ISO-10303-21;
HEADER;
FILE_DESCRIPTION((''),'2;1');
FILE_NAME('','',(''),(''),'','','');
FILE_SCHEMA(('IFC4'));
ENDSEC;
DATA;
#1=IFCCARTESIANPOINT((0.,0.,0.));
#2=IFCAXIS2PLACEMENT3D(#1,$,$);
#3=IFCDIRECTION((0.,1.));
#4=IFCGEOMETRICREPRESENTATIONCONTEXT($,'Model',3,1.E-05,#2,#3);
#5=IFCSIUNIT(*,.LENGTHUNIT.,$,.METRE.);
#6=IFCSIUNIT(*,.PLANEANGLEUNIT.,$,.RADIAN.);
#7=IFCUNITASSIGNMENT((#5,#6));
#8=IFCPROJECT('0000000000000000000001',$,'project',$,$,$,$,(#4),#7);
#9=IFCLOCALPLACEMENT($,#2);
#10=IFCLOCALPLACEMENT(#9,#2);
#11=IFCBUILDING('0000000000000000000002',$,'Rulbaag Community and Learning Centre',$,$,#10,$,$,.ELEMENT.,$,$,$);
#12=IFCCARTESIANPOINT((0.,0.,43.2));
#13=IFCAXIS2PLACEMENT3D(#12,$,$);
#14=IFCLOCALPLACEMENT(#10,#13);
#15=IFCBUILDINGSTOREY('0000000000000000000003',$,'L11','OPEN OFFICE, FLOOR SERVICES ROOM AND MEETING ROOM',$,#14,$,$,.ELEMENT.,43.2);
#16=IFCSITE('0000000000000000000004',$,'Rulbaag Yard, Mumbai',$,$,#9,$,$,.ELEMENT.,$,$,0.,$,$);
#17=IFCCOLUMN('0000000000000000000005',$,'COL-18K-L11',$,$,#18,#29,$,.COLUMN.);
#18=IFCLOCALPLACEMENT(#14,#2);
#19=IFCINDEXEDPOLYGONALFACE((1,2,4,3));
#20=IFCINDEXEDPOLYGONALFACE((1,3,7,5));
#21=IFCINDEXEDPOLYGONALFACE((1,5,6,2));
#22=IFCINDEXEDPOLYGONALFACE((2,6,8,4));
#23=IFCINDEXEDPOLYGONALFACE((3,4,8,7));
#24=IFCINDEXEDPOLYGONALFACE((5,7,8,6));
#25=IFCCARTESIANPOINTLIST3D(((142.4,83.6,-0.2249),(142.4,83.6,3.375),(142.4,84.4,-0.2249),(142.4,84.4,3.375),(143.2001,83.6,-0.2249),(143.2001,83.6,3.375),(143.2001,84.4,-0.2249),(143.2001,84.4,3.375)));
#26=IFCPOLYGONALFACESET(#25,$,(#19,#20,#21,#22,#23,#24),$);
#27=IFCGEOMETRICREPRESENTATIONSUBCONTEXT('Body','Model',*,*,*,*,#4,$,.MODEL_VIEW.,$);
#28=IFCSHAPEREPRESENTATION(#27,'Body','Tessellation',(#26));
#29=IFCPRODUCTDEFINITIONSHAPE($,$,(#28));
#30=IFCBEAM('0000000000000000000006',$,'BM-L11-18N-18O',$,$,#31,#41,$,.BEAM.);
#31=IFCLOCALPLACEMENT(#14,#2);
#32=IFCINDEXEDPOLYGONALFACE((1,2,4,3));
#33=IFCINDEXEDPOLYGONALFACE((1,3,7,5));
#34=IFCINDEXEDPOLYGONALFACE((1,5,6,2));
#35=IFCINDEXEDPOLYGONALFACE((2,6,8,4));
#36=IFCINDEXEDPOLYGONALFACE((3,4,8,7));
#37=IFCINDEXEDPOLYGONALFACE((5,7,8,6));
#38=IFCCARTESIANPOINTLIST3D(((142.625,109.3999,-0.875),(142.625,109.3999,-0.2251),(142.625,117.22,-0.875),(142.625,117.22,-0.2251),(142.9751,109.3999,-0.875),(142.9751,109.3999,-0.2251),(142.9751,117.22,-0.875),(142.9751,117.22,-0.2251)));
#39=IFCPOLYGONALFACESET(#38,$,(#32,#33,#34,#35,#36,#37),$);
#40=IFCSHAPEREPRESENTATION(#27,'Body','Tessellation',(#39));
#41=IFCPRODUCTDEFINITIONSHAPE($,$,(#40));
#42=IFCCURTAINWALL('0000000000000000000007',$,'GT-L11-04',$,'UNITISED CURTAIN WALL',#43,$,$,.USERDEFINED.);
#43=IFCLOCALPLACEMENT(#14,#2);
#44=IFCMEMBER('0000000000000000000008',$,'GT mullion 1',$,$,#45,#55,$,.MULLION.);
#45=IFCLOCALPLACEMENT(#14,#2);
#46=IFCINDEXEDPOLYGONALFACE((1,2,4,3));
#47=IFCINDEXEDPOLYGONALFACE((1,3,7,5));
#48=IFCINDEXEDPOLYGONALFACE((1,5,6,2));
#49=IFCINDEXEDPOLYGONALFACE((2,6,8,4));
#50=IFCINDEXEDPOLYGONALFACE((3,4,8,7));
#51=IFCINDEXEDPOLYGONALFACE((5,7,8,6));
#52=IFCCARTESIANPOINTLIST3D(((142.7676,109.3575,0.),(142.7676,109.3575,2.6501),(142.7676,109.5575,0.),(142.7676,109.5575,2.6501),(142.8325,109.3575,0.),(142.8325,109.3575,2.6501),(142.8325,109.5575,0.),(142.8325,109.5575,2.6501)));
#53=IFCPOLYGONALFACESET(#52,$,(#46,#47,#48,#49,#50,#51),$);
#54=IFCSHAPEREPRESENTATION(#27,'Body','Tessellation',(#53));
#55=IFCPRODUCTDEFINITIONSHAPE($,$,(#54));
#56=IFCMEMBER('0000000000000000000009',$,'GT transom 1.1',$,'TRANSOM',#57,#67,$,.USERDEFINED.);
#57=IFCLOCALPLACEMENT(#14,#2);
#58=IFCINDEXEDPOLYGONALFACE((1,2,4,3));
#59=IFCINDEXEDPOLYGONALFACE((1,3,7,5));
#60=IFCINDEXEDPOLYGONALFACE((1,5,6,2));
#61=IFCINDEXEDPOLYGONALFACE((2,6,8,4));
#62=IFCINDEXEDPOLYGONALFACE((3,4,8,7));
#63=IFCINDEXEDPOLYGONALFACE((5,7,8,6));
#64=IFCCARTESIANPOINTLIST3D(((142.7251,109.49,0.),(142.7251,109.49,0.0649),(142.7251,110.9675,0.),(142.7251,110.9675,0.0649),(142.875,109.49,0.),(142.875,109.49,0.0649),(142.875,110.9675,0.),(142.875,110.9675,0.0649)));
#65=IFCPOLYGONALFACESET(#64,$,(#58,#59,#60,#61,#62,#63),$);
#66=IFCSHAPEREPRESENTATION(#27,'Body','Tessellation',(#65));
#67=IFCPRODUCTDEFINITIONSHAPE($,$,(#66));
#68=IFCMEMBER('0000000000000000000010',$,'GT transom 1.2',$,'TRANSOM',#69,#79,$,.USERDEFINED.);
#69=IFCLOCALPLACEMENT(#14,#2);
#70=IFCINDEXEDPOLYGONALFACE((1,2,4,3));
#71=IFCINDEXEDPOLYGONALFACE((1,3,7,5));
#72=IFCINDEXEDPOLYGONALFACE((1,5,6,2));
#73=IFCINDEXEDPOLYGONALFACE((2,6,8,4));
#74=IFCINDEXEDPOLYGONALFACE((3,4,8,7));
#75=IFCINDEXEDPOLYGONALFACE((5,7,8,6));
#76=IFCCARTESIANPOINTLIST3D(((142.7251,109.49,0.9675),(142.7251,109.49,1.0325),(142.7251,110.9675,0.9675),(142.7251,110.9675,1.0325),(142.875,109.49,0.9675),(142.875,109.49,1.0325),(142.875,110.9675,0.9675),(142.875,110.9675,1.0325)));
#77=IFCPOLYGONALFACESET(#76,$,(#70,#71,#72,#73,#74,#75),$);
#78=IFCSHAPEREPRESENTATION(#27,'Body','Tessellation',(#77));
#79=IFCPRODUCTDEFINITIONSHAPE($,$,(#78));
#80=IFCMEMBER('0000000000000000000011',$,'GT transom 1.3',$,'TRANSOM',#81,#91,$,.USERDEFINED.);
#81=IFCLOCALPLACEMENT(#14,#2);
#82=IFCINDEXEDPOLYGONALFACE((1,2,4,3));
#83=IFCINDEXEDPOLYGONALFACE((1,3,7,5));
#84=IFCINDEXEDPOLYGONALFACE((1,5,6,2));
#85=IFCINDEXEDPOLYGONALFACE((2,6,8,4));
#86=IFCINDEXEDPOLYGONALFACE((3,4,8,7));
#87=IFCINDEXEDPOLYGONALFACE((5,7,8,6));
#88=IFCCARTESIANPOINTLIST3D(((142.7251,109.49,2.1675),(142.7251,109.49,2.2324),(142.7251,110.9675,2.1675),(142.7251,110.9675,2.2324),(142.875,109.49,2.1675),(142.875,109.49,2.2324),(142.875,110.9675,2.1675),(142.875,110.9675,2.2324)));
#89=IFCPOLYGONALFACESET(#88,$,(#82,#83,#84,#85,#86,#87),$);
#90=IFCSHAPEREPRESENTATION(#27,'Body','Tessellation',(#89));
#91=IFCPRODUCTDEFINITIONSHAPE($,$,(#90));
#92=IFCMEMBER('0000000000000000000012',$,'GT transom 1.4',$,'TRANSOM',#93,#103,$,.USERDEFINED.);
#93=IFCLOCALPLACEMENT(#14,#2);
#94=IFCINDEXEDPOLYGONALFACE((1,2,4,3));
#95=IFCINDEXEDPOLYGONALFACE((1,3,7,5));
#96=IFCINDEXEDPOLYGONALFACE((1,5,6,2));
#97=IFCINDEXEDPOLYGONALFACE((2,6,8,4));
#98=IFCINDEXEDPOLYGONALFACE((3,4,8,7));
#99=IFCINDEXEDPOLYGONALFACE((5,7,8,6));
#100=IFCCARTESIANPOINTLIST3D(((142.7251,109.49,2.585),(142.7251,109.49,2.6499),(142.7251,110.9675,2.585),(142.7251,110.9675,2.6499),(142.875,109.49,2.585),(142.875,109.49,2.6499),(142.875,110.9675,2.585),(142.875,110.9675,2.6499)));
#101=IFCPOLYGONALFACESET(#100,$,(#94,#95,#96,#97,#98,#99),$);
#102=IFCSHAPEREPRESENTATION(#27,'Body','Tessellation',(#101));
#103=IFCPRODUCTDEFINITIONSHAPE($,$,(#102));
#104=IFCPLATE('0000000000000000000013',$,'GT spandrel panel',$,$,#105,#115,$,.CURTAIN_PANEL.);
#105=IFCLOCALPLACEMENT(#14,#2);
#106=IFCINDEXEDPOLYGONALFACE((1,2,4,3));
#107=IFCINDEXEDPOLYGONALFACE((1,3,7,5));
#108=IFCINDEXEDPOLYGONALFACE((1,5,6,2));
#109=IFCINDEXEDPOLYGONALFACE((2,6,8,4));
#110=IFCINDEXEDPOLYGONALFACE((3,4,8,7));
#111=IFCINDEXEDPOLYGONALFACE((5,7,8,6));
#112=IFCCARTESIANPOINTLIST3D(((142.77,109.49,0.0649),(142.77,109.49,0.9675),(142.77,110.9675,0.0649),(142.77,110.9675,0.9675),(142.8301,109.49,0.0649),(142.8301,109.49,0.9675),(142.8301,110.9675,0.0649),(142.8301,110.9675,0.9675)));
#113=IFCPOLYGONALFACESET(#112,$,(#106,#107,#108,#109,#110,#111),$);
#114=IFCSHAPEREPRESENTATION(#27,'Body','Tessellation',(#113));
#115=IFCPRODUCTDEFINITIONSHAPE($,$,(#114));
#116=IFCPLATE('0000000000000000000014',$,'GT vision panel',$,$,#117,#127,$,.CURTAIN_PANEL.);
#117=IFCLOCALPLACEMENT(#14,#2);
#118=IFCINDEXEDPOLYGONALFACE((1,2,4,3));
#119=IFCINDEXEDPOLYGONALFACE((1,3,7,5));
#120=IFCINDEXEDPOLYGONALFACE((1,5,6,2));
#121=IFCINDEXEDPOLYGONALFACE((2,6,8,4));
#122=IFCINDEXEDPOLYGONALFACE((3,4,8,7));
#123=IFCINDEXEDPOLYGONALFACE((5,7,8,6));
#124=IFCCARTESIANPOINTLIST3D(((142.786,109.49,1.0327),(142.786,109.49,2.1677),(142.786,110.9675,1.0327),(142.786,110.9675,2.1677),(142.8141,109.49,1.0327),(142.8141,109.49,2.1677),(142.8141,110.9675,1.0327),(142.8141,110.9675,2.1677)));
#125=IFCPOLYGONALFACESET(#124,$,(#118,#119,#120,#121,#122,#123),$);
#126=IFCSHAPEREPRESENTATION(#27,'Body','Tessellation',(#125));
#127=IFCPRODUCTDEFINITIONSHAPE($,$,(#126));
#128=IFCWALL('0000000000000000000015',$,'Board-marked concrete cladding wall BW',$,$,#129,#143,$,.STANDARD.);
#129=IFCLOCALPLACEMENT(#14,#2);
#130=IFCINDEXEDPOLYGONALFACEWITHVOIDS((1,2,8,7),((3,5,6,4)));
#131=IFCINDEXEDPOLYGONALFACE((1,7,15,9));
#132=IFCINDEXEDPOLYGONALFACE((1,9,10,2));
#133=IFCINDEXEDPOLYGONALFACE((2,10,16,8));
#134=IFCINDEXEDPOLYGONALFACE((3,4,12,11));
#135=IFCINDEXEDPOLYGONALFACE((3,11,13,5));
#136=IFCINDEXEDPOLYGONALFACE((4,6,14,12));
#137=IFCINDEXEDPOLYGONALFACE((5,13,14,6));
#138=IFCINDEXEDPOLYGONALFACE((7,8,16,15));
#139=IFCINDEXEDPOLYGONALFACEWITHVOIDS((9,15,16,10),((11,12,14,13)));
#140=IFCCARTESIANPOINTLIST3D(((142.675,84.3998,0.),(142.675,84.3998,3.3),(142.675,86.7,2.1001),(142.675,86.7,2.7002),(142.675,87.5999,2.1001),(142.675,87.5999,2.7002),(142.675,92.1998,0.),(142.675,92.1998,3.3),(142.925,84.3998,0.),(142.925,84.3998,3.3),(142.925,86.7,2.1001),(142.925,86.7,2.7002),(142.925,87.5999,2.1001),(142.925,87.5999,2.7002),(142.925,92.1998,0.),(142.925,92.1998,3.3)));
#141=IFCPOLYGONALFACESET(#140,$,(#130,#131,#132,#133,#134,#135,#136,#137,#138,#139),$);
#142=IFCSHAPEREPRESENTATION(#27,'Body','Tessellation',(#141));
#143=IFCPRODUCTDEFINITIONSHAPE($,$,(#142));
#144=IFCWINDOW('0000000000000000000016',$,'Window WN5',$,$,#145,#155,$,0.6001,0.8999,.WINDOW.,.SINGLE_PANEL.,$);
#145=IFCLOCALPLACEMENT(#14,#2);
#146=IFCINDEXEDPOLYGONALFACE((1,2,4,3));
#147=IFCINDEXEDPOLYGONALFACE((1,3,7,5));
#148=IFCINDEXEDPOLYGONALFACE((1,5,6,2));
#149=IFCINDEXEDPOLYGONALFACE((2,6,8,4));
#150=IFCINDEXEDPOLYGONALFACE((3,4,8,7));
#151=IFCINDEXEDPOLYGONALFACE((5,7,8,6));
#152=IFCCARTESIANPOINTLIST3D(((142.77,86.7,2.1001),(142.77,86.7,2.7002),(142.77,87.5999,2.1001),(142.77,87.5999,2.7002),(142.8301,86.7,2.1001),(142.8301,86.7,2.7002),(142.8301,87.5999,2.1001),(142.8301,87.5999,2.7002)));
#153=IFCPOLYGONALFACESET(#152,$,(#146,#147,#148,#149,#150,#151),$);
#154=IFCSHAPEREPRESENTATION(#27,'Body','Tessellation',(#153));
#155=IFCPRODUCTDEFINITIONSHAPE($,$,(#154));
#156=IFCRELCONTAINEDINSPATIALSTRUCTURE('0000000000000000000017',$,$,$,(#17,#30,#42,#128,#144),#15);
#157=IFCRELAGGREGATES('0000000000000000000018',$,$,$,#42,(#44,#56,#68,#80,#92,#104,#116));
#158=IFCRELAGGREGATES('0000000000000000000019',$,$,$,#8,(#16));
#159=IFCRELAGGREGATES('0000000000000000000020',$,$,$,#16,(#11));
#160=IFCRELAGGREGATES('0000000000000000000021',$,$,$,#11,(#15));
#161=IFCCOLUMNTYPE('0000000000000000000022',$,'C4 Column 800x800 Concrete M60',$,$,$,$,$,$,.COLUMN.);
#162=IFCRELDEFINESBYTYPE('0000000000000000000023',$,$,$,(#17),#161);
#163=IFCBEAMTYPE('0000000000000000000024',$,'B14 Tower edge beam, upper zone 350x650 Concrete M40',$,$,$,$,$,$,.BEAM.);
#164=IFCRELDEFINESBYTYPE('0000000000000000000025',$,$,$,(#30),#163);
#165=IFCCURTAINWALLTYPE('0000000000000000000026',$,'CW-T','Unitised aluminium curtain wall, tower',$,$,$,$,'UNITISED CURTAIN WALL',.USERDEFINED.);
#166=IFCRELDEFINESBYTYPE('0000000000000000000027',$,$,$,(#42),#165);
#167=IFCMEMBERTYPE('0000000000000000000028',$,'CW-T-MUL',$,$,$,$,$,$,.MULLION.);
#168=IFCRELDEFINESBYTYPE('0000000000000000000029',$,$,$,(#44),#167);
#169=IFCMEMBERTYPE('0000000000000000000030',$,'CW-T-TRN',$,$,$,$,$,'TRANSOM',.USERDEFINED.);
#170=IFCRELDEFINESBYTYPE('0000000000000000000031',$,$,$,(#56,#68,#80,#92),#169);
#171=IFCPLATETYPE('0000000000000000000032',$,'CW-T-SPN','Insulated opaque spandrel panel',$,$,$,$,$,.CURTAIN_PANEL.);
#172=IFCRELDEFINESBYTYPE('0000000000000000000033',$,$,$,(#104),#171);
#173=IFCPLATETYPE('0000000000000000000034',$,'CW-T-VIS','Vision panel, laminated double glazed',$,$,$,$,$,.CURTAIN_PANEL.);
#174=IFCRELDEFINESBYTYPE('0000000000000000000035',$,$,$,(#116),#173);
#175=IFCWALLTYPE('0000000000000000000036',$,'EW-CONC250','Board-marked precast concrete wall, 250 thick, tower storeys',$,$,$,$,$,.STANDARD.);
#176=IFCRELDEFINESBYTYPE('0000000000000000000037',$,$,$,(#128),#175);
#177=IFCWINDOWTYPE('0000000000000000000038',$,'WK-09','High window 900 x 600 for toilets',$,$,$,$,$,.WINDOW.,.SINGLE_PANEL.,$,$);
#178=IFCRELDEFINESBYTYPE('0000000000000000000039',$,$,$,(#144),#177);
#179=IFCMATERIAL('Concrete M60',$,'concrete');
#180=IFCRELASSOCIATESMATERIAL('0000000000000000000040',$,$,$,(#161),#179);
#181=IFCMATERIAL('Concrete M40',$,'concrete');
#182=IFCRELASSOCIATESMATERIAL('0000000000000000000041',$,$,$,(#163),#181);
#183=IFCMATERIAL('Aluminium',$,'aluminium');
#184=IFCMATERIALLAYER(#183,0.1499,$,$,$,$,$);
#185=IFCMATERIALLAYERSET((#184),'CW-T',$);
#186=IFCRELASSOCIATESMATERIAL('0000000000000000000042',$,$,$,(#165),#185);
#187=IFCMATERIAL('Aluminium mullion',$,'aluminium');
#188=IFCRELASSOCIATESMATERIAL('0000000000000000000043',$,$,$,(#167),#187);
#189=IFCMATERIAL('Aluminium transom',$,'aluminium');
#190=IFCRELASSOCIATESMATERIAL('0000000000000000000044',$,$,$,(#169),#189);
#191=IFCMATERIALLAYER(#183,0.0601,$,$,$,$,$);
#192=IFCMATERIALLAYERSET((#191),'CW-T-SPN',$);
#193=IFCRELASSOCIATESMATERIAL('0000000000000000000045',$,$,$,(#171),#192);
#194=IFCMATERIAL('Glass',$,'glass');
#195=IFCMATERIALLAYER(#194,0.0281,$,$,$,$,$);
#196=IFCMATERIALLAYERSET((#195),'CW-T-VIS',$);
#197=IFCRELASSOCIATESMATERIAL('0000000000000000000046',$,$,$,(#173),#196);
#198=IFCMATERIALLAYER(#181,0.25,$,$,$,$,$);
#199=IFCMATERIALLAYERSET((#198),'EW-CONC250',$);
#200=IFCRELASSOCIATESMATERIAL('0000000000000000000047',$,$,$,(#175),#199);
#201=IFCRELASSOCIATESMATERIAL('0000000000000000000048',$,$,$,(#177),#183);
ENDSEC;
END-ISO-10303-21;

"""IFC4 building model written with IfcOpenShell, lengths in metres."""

from ifc_helpers import new_model, si_unit, direction, frame, frame_2d, origin, origin_2d, place, context, subcontext, project, spatial, rectangle, extrude, material, layer, layer_set, material_profile, profile_set, type_object, element, fill, aggregate, save


model = new_model("IFC4")

# Units and contexts
model_context = context("Model", 3, precision=1e-05, world=origin(), true_north=direction((0.0, 1.0)))
body_context = subcontext(model_context, "Body", "Model", "MODEL_VIEW")
ifc_project = project(units=[si_unit("LENGTHUNIT", "METRE"), si_unit("PLANEANGLEUNIT", "RADIAN")], contexts=[model_context])

# Site, building, storey
site_placement = place(None, origin())
site = spatial("IfcSite", under=ifc_project, at=site_placement, Name="Rulbaag Yard, Mumbai", CompositionType="ELEMENT", RefElevation=0.0)
building_placement = place(site_placement, origin())
building = spatial("IfcBuilding", under=site, at=building_placement, Name="Rulbaag Community and Learning Centre", CompositionType="ELEMENT")
storey_placement = place(building_placement, frame((0.0, 0.0, 43.2)))
storey = spatial("IfcBuildingStorey", under=building, at=storey_placement, Name="L11", Description="OPEN OFFICE, FLOOR SERVICES ROOM AND MEETING ROOM", CompositionType="ELEMENT", Elevation=43.2)

# Column
ifc_material_1 = material(Name="Concrete M60", Category="concrete")
ifc_material_profile_1 = material_profile(ifc_material_1, rectangle(XDim=0.8, YDim=0.8, at=origin_2d()), Name="RC800x800")
ifc_profile_set_1 = profile_set([ifc_material_profile_1], Name="Concrete M60")
column_type = type_object("IfcColumnType", Name="C4 Column 800x800 Concrete M60", PredefinedType="COLUMN", material=ifc_profile_set_1)
column_placement = place(storey_placement, frame((142.8, 84.0, -0.2249), z_axis=(0.0, 0.0, 1.0), x_axis=(1.0, 0.0, 0.0)))
element("IfcColumn", 1, at=column_placement, inside=storey, type_object=column_type, Name="COL-18K-L11", PredefinedType="COLUMN", context=body_context, shape_type="SweptSolid", body=[
    extrude(rectangle(XDim=0.8, YDim=0.8, at=origin_2d()), origin(), (0.0, 0.0, 1.0), 3.5999),
])

# Beam
ifc_material_2 = material(Name="Concrete M40", Category="concrete")
ifc_material_profile_2 = material_profile(ifc_material_2, rectangle(XDim=0.3501, YDim=0.6499, at=origin_2d()), Name="RB350x650")
ifc_profile_set_2 = profile_set([ifc_material_profile_2], Name="Concrete M40")
beam_type = type_object("IfcBeamType", Name="B14 Tower edge beam, upper zone 350x650 Concrete M40", PredefinedType="BEAM", material=ifc_profile_set_2)
beam_placement = place(storey_placement, frame((142.8, 109.3999, -0.55), z_axis=(0.0, 1.0, 0.0), x_axis=(-1.0, 0.0, 0.0)))
element("IfcBeam", 2, at=beam_placement, inside=storey, type_object=beam_type, Name="BM-L11-18N-18O", PredefinedType="BEAM", context=body_context, shape_type="SweptSolid", body=[
    extrude(rectangle(XDim=0.3501, YDim=0.6499, at=origin_2d()), origin(), (0.0, 0.0, 1.0), 7.8201),
])

# Curtain wall, members, plates
ifc_material_3 = material(Name="Aluminium", Category="aluminium")
ifc_layer_1 = layer(ifc_material_3, 0.1499)
ifc_layer_set_1 = layer_set([ifc_layer_1], Name="CW-T")
curtain_wall_type = type_object("IfcCurtainWallType", Name="CW-T", Description="Unitised aluminium curtain wall, tower", ElementType="UNITISED CURTAIN WALL", PredefinedType="USERDEFINED", material=ifc_layer_set_1)
curtain_wall_placement = place(storey_placement, origin())
curtain_wall = element("IfcCurtainWall", 3, at=curtain_wall_placement, inside=storey, type_object=curtain_wall_type, Name="GT-L11-04", ObjectType="UNITISED CURTAIN WALL", PredefinedType="USERDEFINED")
ifc_material_4 = material(Name="Aluminium mullion", Category="aluminium")
ifc_material_profile_3 = material_profile(ifc_material_4, rectangle(XDim=0.0649, YDim=0.2, at=origin_2d()), Name="AL 65x200")
ifc_profile_set_3 = profile_set([ifc_material_profile_3], Name="Aluminium mullion")
member_type_1 = type_object("IfcMemberType", Name="CW-T-MUL", PredefinedType="MULLION", material=ifc_profile_set_3)
member_1_placement = place(storey_placement, frame((142.8, 109.4575, 0.0), z_axis=(0.0, 0.0, 1.0), x_axis=(-1.0, 0.0, 0.0)))
member_1 = element("IfcMember", 4, at=member_1_placement, type_object=member_type_1, Name="GT mullion 1", PredefinedType="MULLION", context=body_context, shape_type="SweptSolid", body=[
    extrude(rectangle(XDim=0.0649, YDim=0.2, at=origin_2d()), origin(), (0.0, 0.0, 1.0), 2.6501),
])
ifc_material_5 = material(Name="Aluminium transom", Category="aluminium")
ifc_material_profile_4 = material_profile(ifc_material_5, rectangle(XDim=0.1499, YDim=0.0649, at=origin_2d()), Name="AL 65x150 T")
ifc_profile_set_4 = profile_set([ifc_material_profile_4], Name="Aluminium transom")
member_type_2 = type_object("IfcMemberType", Name="CW-T-TRN", ElementType="TRANSOM", PredefinedType="USERDEFINED", material=ifc_profile_set_4)
member_2_placement = place(storey_placement, frame((142.8, 109.49, 0.0325), z_axis=(0.0, 1.0, 0.0), x_axis=(-1.0, 0.0, 0.0)))
member_2 = element("IfcMember", 5, at=member_2_placement, type_object=member_type_2, Name="GT transom 1.1", ObjectType="TRANSOM", PredefinedType="USERDEFINED", context=body_context, shape_type="SweptSolid", body=[
    extrude(rectangle(XDim=0.1499, YDim=0.0649, at=origin_2d()), origin(), (0.0, 0.0, 1.0), 1.4775),
])
member_3_placement = place(storey_placement, frame((142.8, 109.49, 1.0), z_axis=(0.0, 1.0, 0.0), x_axis=(-1.0, 0.0, 0.0)))
member_3 = element("IfcMember", 6, at=member_3_placement, type_object=member_type_2, Name="GT transom 1.2", ObjectType="TRANSOM", PredefinedType="USERDEFINED", context=body_context, shape_type="SweptSolid", body=[
    extrude(rectangle(XDim=0.1499, YDim=0.0649, at=origin_2d()), origin(), (0.0, 0.0, 1.0), 1.4775),
])
member_4_placement = place(storey_placement, frame((142.8, 109.49, 2.2), z_axis=(0.0, 1.0, 0.0), x_axis=(-1.0, 0.0, 0.0)))
member_4 = element("IfcMember", 7, at=member_4_placement, type_object=member_type_2, Name="GT transom 1.3", ObjectType="TRANSOM", PredefinedType="USERDEFINED", context=body_context, shape_type="SweptSolid", body=[
    extrude(rectangle(XDim=0.1499, YDim=0.0649, at=origin_2d()), origin(), (0.0, 0.0, 1.0), 1.4775),
])
member_5_placement = place(storey_placement, frame((142.8, 109.49, 2.6174), z_axis=(0.0, 1.0, 0.0), x_axis=(-1.0, 0.0, 0.0)))
member_5 = element("IfcMember", 8, at=member_5_placement, type_object=member_type_2, Name="GT transom 1.4", ObjectType="TRANSOM", PredefinedType="USERDEFINED", context=body_context, shape_type="SweptSolid", body=[
    extrude(rectangle(XDim=0.1499, YDim=0.0649, at=origin_2d()), origin(), (0.0, 0.0, 1.0), 1.4775),
])
ifc_layer_2 = layer(ifc_material_3, 0.0601)
ifc_layer_set_2 = layer_set([ifc_layer_2], Name="CW-T-SPN")
plate_type_1 = type_object("IfcPlateType", Name="CW-T-SPN", Description="Insulated opaque spandrel panel", PredefinedType="CURTAIN_PANEL", material=ifc_layer_set_2)
plate_1_placement = place(storey_placement, frame((142.8, 110.2288, 0.0649), z_axis=(0.0, 0.0, 1.0), x_axis=(0.0, 1.0, 0.0)))
plate_1 = element("IfcPlate", 9, at=plate_1_placement, type_object=plate_type_1, Name="GT spandrel panel", PredefinedType="CURTAIN_PANEL", context=body_context, shape_type="SweptSolid", body=[
    extrude(rectangle(XDim=1.4775, YDim=0.0601, at=origin_2d()), origin(), (0.0, 0.0, 1.0), 0.9026),
])
ifc_material_6 = material(Name="Glass", Category="glass")
ifc_layer_3 = layer(ifc_material_6, 0.0281)
ifc_layer_set_3 = layer_set([ifc_layer_3], Name="CW-T-VIS")
plate_type_2 = type_object("IfcPlateType", Name="CW-T-VIS", Description="Vision panel, laminated double glazed", PredefinedType="CURTAIN_PANEL", material=ifc_layer_set_3)
plate_2_placement = place(storey_placement, frame((142.8, 110.2288, 1.0327), z_axis=(0.0, 0.0, 1.0), x_axis=(0.0, 1.0, 0.0)))
plate_2 = element("IfcPlate", 10, at=plate_2_placement, type_object=plate_type_2, Name="GT vision panel", PredefinedType="CURTAIN_PANEL", context=body_context, shape_type="SweptSolid", body=[
    extrude(rectangle(XDim=1.4775, YDim=0.0281, at=origin_2d()), origin(), (0.0, 0.0, 1.0), 1.135),
])
aggregate(curtain_wall, [member_1, member_2, member_3, member_4, member_5, plate_1, plate_2])

# Wall, opening, window
ifc_layer_4 = layer(ifc_material_2, 0.25)
ifc_layer_set_4 = layer_set([ifc_layer_4], Name="EW-CONC250")
wall_type_1 = type_object("IfcWallType", Name="EW-CONC250", Description="Board-marked precast concrete wall, 250 thick, tower storeys", PredefinedType="STANDARD", material=ifc_layer_set_4)
wall_1_placement = place(storey_placement, frame((142.8, 84.3999, 0.0), z_axis=(0.0, 0.0, 1.0), x_axis=(0.0, 1.0, 0.0)))
wall_1 = element("IfcWall", 11, at=wall_1_placement, inside=storey, type_object=wall_type_1, Name="Board-marked concrete cladding wall BW", PredefinedType="STANDARD", context=body_context, shape_type="SweptSolid", body=[
    extrude(rectangle(XDim=7.8, YDim=0.25, at=frame_2d((3.8999, 0.0))), origin(), (0.0, 0.0, 1.0), 3.3),
])
opening_1_placement = place(wall_1_placement, frame((2.3, 0.0, 2.1001)))
opening_1 = element("IfcOpeningElement", 12, at=opening_1_placement, cuts=wall_1, PredefinedType="OPENING", context=body_context, shape_type="SweptSolid", body=[
    extrude(rectangle(XDim=0.8999, YDim=0.6001, at=frame_2d((0.45, 0.3))), frame((0.0, 0.135, 0.0), z_axis=(0.0, -1.0, 0.0), x_axis=(1.0, 0.0, 0.0)), (0.0, 0.0, 1.0), 0.27),
])
window_type = type_object("IfcWindowType", Name="WK-09", Description="High window 900 x 600 for toilets", PartitioningType="SINGLE_PANEL", PredefinedType="WINDOW", material=ifc_material_3)
window_placement = place(opening_1_placement, origin())
window = element("IfcWindow", 13, at=window_placement, inside=storey, type_object=window_type, Name="Window WN5", OverallHeight=0.6001, OverallWidth=0.8999, PartitioningType="SINGLE_PANEL", PredefinedType="WINDOW", context=body_context, shape_type="SweptSolid", body=[
    extrude(rectangle(XDim=0.8999, YDim=0.6001, at=frame_2d((0.45, 0.3))), frame((0.0, 0.03, 0.0), z_axis=(0.0, -1.0, 0.0), x_axis=(1.0, 0.0, 0.0)), (0.0, 0.0, 1.0), 0.0601),
])
fill(opening_1, window)

save(model, "model.ifc")
